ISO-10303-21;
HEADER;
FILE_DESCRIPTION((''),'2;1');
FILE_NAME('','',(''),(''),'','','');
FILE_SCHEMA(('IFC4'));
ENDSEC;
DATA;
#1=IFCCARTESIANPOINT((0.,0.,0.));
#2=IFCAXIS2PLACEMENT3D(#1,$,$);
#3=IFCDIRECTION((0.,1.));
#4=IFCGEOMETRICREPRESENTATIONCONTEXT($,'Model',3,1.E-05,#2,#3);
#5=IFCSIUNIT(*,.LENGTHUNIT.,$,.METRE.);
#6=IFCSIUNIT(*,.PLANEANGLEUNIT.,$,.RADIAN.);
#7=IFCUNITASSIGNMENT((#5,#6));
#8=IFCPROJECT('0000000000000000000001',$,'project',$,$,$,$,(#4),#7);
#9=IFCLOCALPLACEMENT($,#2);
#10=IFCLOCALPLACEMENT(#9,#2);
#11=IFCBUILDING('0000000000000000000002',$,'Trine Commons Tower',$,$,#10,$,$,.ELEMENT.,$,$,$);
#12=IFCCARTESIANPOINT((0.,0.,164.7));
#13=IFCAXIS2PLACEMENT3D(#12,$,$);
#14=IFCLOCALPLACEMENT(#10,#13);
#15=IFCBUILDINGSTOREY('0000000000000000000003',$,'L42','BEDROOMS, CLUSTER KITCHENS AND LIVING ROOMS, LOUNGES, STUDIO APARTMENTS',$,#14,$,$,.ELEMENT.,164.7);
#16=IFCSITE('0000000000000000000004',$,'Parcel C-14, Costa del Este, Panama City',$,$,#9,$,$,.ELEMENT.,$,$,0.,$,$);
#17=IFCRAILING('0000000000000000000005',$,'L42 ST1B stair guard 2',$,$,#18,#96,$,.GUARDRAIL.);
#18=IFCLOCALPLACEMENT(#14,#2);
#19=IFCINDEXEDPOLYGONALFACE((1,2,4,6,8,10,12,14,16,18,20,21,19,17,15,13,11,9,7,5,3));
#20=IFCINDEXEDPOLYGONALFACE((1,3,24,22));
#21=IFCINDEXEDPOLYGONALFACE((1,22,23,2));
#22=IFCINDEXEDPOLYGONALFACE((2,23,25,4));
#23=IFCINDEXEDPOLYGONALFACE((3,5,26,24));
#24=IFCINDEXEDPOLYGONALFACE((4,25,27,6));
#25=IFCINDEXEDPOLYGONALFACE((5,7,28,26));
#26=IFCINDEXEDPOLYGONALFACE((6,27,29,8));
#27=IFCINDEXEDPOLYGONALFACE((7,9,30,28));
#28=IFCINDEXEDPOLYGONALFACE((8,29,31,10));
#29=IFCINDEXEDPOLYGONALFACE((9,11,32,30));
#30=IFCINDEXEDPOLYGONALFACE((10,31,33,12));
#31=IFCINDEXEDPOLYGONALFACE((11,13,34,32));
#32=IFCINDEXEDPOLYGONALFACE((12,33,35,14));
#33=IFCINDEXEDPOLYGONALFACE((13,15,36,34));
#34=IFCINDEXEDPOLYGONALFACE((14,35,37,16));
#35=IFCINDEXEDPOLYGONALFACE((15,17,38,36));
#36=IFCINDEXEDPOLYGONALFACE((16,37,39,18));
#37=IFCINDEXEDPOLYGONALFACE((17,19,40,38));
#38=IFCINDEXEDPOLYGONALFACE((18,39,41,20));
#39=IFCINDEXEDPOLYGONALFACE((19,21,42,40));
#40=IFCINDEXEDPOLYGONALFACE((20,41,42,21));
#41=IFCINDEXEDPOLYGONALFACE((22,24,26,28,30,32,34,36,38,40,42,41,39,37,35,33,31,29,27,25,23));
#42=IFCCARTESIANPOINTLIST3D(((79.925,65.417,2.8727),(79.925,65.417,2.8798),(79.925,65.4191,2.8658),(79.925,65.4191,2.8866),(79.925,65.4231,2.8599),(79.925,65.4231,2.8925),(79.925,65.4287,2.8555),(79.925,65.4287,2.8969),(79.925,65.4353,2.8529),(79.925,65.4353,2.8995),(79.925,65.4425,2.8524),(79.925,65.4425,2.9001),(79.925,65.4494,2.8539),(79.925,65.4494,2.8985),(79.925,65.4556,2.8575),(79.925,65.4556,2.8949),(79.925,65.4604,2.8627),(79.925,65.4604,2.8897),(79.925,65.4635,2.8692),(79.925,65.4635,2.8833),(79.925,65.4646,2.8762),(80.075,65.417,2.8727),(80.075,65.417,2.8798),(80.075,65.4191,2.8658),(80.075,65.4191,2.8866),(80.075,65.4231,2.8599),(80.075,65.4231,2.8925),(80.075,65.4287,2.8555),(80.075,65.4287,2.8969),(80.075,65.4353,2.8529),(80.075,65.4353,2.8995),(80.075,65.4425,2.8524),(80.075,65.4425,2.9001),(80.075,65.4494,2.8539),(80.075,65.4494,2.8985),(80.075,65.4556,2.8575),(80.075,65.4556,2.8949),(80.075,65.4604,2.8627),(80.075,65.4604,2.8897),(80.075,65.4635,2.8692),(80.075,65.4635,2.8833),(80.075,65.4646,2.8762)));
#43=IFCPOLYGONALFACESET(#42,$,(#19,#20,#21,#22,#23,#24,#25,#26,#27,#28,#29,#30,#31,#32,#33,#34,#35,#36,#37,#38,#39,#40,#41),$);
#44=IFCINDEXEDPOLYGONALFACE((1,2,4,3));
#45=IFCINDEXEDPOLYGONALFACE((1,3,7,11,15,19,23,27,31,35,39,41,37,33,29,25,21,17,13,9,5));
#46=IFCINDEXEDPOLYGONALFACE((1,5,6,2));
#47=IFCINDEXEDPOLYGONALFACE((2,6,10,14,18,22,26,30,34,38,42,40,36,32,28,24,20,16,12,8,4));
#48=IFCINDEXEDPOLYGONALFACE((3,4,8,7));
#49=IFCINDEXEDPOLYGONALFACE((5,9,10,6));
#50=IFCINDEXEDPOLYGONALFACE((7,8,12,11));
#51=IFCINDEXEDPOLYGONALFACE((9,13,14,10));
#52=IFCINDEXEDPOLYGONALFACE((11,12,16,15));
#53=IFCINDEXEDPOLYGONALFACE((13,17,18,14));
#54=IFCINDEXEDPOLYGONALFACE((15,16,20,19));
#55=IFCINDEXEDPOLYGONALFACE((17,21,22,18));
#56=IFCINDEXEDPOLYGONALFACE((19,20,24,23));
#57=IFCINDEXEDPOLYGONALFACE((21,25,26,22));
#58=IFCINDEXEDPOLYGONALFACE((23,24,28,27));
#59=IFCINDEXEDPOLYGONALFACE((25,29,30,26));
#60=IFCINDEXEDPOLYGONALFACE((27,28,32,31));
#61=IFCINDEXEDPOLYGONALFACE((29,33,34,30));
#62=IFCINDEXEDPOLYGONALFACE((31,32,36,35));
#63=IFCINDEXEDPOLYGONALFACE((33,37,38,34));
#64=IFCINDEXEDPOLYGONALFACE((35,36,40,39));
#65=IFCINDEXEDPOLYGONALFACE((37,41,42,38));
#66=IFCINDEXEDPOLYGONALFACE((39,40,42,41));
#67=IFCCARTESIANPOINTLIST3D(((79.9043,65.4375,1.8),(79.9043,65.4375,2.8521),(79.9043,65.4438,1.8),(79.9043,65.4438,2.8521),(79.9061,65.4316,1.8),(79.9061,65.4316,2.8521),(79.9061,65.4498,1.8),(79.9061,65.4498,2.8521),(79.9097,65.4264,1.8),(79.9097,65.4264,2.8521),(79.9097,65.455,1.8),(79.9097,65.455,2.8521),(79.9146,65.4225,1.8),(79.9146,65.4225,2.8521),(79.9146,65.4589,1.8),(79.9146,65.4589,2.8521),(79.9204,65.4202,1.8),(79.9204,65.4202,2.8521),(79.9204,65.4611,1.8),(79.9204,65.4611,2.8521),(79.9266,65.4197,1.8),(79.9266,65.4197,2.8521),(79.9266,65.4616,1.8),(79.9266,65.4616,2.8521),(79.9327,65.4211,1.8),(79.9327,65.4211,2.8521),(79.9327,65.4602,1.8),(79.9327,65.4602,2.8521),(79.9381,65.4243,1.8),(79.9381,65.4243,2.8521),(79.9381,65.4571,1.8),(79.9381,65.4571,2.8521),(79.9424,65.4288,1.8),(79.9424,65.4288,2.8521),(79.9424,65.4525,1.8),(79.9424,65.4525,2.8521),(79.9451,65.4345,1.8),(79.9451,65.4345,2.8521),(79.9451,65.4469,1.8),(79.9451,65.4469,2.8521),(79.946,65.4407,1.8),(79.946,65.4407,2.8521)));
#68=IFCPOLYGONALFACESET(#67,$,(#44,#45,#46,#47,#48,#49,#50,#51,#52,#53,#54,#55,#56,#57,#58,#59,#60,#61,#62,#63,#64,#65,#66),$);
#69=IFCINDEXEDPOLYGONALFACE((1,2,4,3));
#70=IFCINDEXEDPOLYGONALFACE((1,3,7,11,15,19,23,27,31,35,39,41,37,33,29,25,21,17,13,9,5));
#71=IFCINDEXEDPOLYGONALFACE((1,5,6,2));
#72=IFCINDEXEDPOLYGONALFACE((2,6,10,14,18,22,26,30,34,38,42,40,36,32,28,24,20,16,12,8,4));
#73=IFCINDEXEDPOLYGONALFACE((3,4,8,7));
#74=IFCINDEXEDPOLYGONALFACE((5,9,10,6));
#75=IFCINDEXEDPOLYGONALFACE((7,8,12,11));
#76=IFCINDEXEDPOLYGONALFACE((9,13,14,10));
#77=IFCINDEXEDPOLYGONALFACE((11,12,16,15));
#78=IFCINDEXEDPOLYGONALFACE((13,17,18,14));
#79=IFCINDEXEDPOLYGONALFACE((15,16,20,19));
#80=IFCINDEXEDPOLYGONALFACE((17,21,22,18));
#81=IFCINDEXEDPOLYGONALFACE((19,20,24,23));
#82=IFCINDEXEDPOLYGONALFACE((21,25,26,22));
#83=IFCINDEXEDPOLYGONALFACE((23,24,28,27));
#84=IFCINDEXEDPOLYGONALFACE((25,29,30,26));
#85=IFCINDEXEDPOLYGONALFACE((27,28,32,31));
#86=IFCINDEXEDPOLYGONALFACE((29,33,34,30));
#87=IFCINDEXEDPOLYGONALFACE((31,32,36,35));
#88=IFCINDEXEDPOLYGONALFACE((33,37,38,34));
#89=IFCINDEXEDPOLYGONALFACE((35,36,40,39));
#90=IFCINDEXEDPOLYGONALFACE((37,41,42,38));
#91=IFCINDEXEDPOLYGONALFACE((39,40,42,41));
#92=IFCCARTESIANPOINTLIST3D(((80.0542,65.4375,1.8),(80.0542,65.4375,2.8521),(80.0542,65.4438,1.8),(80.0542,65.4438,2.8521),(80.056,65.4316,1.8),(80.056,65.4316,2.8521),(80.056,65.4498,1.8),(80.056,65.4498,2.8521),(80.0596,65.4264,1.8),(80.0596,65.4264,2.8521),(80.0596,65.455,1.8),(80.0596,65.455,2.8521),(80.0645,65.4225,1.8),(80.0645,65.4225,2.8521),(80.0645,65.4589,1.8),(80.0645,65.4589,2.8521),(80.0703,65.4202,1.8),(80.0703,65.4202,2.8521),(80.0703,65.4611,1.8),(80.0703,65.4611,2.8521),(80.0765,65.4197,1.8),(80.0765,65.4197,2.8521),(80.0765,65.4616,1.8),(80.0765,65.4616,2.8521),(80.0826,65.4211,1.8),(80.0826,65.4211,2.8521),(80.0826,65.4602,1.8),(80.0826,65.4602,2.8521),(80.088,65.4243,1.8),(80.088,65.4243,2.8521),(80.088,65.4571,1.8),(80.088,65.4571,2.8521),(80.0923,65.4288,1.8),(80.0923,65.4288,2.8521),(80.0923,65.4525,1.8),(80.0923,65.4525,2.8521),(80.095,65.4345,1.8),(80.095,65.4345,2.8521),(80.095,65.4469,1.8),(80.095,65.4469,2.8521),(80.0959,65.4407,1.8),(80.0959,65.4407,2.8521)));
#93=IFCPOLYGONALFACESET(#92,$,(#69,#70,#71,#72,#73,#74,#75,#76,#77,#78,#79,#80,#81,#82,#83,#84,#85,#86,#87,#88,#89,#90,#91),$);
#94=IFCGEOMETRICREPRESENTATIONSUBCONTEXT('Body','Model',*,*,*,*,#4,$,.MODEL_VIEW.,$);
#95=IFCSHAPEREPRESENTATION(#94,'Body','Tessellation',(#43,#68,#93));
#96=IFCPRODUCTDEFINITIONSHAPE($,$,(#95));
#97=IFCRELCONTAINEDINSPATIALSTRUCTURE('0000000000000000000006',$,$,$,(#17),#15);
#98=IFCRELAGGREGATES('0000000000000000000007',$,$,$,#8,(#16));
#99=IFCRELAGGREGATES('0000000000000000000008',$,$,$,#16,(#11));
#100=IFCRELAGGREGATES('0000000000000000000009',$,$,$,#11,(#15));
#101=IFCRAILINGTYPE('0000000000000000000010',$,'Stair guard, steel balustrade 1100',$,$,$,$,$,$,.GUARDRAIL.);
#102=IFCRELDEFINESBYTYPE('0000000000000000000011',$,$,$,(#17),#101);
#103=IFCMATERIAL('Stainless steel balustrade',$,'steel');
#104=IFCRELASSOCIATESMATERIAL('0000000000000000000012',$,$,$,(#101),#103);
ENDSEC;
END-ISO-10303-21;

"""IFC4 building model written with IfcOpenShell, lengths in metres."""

from ifc_helpers import new_model, si_unit, direction, frame, origin, origin_2d, place, context, subcontext, project, spatial, circle, extrude, material, type_object, element, save


model = new_model("IFC4")

# Units and contexts
model_context = context("Model", 3, precision=1e-05, world=origin(), true_north=direction((0.0, 1.0)))
body_context = subcontext(model_context, "Body", "Model", "MODEL_VIEW")
ifc_project = project(units=[si_unit("LENGTHUNIT", "METRE"), si_unit("PLANEANGLEUNIT", "RADIAN")], contexts=[model_context])

# Site, building, storey
site_placement = place(None, origin())
site = spatial("IfcSite", under=ifc_project, at=site_placement, Name="Parcel C-14, Costa del Este, Panama City", CompositionType="ELEMENT", RefElevation=0.0)
building_placement = place(site_placement, origin())
building = spatial("IfcBuilding", under=site, at=building_placement, Name="Trine Commons Tower", CompositionType="ELEMENT")
storey_placement = place(building_placement, frame((0.0, 0.0, 164.7)))
storey = spatial("IfcBuildingStorey", under=building, at=storey_placement, Name="L42", Description="BEDROOMS, CLUSTER KITCHENS AND LIVING ROOMS, LOUNGES, STUDIO APARTMENTS", CompositionType="ELEMENT", Elevation=164.7)

# Railing
ifc_material_1 = material(Name="Stainless steel balustrade", Category="steel")
railing_type_1 = type_object("IfcRailingType", Name="Stair guard, steel balustrade 1100", PredefinedType="GUARDRAIL", material=ifc_material_1)
railing_1_placement = place(storey_placement, frame((79.925, 65.4407, 1.8)))
element("IfcRailing", 1, at=railing_1_placement, inside=storey, type_object=railing_type_1, Name="L42 ST1B stair guard 2", PredefinedType="GUARDRAIL", context=body_context, shape_type="SweptSolid", body=[
    extrude(circle(Radius=0.0239, at=origin_2d()), frame((0.0, 0.0, 1.0762), z_axis=(1.0, 0.0, 0.0), x_axis=(0.0, 1.0, 0.0)), (0.0, 0.0, 1.0), 0.1499),
    extrude(circle(Radius=0.021, at=origin_2d()), origin(), (0.0, 0.0, 1.0), 1.052),
    extrude(circle(Radius=0.021, at=origin_2d()), frame((0.1499, 0.0, 0.0)), (0.0, 0.0, 1.0), 1.052),
])

save(model, "model.ifc")
